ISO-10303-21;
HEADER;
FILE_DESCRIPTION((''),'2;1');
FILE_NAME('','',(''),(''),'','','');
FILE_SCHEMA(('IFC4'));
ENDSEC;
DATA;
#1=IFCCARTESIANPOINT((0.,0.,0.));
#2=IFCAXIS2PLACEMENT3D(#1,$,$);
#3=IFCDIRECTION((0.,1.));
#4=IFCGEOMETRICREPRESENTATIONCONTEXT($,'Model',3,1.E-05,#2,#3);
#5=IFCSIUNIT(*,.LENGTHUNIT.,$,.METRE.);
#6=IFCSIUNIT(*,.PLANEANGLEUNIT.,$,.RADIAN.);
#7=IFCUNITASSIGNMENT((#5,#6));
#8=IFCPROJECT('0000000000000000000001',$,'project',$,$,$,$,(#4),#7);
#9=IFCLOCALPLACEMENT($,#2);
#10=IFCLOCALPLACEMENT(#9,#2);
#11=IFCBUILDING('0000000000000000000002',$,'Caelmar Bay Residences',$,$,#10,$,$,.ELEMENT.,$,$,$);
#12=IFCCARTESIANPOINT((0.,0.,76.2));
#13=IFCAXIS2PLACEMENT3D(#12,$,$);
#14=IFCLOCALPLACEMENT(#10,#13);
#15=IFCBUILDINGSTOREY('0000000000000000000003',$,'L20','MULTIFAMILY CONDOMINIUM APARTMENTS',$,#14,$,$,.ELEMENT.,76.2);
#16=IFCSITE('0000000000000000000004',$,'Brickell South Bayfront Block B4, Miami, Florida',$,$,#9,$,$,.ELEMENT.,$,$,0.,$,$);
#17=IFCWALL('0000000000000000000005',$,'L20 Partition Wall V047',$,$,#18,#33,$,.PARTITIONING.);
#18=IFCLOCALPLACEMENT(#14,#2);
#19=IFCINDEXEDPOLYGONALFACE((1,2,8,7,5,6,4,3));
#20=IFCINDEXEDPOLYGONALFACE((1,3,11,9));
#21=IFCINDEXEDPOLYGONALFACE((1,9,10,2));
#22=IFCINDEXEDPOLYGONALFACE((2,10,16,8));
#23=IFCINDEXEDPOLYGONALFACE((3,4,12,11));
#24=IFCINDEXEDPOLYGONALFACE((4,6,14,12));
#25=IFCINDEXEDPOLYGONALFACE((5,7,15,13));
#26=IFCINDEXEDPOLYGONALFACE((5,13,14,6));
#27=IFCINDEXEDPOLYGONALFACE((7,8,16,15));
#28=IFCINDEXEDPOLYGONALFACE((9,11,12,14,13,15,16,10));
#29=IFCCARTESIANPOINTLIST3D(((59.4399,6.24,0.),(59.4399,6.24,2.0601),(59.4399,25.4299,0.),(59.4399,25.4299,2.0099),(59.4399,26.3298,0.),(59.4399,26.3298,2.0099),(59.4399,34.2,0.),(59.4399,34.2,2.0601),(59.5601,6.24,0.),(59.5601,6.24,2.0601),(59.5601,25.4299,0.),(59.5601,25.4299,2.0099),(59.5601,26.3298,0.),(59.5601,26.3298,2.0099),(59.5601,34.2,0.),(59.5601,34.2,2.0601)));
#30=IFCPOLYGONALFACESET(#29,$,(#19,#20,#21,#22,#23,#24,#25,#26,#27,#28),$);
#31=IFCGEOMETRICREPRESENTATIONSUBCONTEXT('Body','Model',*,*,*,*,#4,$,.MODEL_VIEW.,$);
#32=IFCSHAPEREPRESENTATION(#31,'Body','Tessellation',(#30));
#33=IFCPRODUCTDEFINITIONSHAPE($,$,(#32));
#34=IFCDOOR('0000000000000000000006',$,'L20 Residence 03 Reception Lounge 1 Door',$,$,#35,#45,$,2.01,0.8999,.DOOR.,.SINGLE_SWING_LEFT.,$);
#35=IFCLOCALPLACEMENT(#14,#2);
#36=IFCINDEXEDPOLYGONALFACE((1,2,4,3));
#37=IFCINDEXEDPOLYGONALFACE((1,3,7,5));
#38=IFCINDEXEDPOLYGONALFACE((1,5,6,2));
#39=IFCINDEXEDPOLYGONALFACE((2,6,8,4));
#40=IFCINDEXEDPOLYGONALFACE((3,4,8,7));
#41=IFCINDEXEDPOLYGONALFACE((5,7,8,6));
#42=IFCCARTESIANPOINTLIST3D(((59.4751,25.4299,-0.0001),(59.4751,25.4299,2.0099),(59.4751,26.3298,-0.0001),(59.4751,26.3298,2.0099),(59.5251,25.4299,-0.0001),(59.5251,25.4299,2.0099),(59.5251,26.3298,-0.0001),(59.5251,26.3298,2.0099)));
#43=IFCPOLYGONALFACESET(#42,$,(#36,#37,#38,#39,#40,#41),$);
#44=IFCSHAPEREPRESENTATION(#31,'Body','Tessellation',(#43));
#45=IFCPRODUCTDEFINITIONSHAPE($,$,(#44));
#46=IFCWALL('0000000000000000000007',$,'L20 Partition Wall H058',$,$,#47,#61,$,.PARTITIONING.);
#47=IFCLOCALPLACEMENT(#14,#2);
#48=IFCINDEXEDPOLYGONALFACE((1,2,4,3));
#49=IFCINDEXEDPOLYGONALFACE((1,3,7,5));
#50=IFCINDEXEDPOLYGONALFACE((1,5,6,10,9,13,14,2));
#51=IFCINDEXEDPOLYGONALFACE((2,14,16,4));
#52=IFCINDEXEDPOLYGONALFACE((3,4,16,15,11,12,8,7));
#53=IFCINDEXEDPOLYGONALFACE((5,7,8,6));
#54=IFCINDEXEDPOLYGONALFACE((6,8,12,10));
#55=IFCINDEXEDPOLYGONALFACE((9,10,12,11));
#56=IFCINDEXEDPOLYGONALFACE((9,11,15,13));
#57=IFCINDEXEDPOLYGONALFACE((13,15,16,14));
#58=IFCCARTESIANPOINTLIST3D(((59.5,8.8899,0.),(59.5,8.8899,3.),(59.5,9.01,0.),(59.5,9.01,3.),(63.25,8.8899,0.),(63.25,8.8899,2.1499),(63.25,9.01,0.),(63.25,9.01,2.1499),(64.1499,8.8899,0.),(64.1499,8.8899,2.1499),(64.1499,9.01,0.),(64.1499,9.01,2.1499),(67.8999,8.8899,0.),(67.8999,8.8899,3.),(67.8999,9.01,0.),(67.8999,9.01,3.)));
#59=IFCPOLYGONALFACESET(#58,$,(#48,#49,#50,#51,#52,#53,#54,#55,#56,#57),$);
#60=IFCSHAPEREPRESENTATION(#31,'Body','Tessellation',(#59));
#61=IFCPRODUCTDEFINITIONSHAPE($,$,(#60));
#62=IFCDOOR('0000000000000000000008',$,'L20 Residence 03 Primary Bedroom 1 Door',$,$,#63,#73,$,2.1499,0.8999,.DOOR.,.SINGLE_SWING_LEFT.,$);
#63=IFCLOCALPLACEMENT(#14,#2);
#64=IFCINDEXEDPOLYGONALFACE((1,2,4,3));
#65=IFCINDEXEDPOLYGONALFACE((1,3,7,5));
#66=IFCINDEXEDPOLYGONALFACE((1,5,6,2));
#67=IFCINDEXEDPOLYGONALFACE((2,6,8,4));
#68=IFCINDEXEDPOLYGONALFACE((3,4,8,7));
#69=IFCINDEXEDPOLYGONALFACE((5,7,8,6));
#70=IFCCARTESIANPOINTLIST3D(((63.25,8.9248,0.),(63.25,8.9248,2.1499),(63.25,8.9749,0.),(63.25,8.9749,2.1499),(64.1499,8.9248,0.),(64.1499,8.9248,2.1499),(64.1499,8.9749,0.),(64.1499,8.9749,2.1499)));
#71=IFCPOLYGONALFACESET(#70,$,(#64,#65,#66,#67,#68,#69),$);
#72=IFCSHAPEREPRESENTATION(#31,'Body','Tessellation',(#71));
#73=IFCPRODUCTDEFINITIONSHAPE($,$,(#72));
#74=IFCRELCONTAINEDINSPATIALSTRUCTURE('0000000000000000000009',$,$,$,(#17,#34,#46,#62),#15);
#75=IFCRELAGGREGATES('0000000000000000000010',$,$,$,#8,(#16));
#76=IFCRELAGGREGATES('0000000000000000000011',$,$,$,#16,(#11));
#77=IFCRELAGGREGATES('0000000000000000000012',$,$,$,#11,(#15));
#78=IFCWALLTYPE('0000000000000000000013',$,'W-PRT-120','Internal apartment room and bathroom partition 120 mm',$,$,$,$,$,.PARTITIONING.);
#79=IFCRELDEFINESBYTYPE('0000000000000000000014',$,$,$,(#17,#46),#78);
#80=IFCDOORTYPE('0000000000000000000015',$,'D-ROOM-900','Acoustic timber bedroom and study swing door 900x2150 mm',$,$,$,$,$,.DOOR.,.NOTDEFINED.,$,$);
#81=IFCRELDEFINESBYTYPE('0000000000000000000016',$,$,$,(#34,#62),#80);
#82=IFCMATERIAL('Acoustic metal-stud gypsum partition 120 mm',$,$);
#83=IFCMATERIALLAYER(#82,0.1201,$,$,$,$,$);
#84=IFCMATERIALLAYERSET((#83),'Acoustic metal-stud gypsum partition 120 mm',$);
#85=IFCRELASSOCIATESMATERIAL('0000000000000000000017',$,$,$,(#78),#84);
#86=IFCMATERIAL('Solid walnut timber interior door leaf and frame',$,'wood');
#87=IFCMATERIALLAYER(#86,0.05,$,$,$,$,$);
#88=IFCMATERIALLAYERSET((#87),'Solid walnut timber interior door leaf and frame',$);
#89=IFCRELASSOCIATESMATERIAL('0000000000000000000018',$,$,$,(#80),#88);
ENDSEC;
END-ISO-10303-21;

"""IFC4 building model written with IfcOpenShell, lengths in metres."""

from ifc_helpers import new_model, si_unit, direction, frame, frame_2d, origin, place, context, subcontext, project, spatial, rectangle, extrude, material, layer, layer_set, type_object, element, fill, save


model = new_model("IFC4")

# Units and contexts
model_context = context("Model", 3, precision=1e-05, world=origin(), true_north=direction((0.0, 1.0)))
body_context = subcontext(model_context, "Body", "Model", "MODEL_VIEW")
ifc_project = project(units=[si_unit("LENGTHUNIT", "METRE"), si_unit("PLANEANGLEUNIT", "RADIAN")], contexts=[model_context])

# Site, building, storey
site_placement = place(None, origin())
site = spatial("IfcSite", under=ifc_project, at=site_placement, Name="Brickell South Bayfront Block B4, Miami, Florida", CompositionType="ELEMENT", RefElevation=0.0)
building_placement = place(site_placement, origin())
building = spatial("IfcBuilding", under=site, at=building_placement, Name="Caelmar Bay Residences", CompositionType="ELEMENT")
storey_placement = place(building_placement, frame((0.0, 0.0, 76.2)))
storey = spatial("IfcBuildingStorey", under=building, at=storey_placement, Name="L20", Description="MULTIFAMILY CONDOMINIUM APARTMENTS", CompositionType="ELEMENT", Elevation=76.2)

# Shared definitions
ifc_material_1 = material(Name="Acoustic metal-stud gypsum partition 120 mm")
ifc_layer_1 = layer(ifc_material_1, 0.1201)
ifc_layer_set_1 = layer_set([ifc_layer_1], Name="Acoustic metal-stud gypsum partition 120 mm")
wall_type_1 = type_object("IfcWallType", Name="W-PRT-120", Description="Internal apartment room and bathroom partition 120 mm", PredefinedType="PARTITIONING", material=ifc_layer_set_1)

# Walls, openings, doors
wall_1_placement = place(storey_placement, frame((59.5, 6.24, 0.0), z_axis=(0.0, 0.0, 1.0), x_axis=(0.0, 1.0, 0.0)))
wall_1 = element("IfcWall", 1, at=wall_1_placement, inside=storey, type_object=wall_type_1, Name="L20 Partition Wall V047", PredefinedType="PARTITIONING", context=body_context, shape_type="SweptSolid", body=[
    extrude(rectangle(XDim=27.96, YDim=0.1201, at=frame_2d((13.98, 0.0))), origin(), (0.0, 0.0, 1.0), 2.0601),
])
opening_1_placement = place(wall_1_placement, frame((19.1899, 0.0, 0.0)))
opening_1 = element("IfcOpeningElement", 2, at=opening_1_placement, cuts=wall_1, PredefinedType="OPENING", context=body_context, shape_type="SweptSolid", body=[
    extrude(rectangle(XDim=0.8999, YDim=2.01, at=frame_2d((0.45, 1.0049))), frame((0.0, 0.0701, 0.0), z_axis=(0.0, -1.0, 0.0), x_axis=(1.0, 0.0, 0.0)), (0.0, 0.0, 1.0), 0.1401),
])
ifc_material_2 = material(Name="Solid walnut timber interior door leaf and frame", Category="wood")
ifc_layer_2 = layer(ifc_material_2, 0.05)
ifc_layer_set_2 = layer_set([ifc_layer_2], Name="Solid walnut timber interior door leaf and frame")
door_type = type_object("IfcDoorType", Name="D-ROOM-900", Description="Acoustic timber bedroom and study swing door 900x2150 mm", OperationType="NOTDEFINED", PredefinedType="DOOR", material=ifc_layer_set_2)
door_1_placement = place(opening_1_placement, origin())
door_1 = element("IfcDoor", 3, at=door_1_placement, inside=storey, type_object=door_type, Name="L20 Residence 03 Reception Lounge 1 Door", OperationType="SINGLE_SWING_LEFT", OverallHeight=2.01, OverallWidth=0.8999, PredefinedType="DOOR", context=body_context, shape_type="SweptSolid", body=[
    extrude(rectangle(XDim=0.8999, YDim=2.01, at=frame_2d((0.45, 1.0049))), frame((0.0, 0.0249, 0.0), z_axis=(0.0, -1.0, 0.0), x_axis=(1.0, 0.0, 0.0)), (0.0, 0.0, 1.0), 0.05),
])
fill(opening_1, door_1)
wall_2_placement = place(storey_placement, frame((59.5, 8.95, 0.0), z_axis=(0.0, 0.0, 1.0), x_axis=(1.0, 0.0, 0.0)))
wall_2 = element("IfcWall", 4, at=wall_2_placement, inside=storey, type_object=wall_type_1, Name="L20 Partition Wall H058", PredefinedType="PARTITIONING", context=body_context, shape_type="SweptSolid", body=[
    extrude(rectangle(XDim=8.3999, YDim=0.1201, at=frame_2d((4.2, 0.0))), origin(), (0.0, 0.0, 1.0), 3.0),
])
opening_2_placement = place(wall_2_placement, frame((3.75, 0.0, 0.0)))
opening_2 = element("IfcOpeningElement", 5, at=opening_2_placement, cuts=wall_2, PredefinedType="OPENING", context=body_context, shape_type="SweptSolid", body=[
    extrude(rectangle(XDim=0.8999, YDim=2.1499, at=frame_2d((0.45, 1.075))), frame((0.0, 0.0701, 0.0), z_axis=(0.0, -1.0, 0.0), x_axis=(1.0, 0.0, 0.0)), (0.0, 0.0, 1.0), 0.1401),
])
door_2_placement = place(opening_2_placement, origin())
door_2 = element("IfcDoor", 6, at=door_2_placement, inside=storey, type_object=door_type, Name="L20 Residence 03 Primary Bedroom 1 Door", OperationType="SINGLE_SWING_LEFT", OverallHeight=2.1499, OverallWidth=0.8999, PredefinedType="DOOR", context=body_context, shape_type="SweptSolid", body=[
    extrude(rectangle(XDim=0.8999, YDim=2.1499, at=frame_2d((0.45, 1.075))), frame((0.0, 0.0249, 0.0), z_axis=(0.0, -1.0, 0.0), x_axis=(1.0, 0.0, 0.0)), (0.0, 0.0, 1.0), 0.05),
])
fill(opening_2, door_2)

save(model, "model.ifc")
